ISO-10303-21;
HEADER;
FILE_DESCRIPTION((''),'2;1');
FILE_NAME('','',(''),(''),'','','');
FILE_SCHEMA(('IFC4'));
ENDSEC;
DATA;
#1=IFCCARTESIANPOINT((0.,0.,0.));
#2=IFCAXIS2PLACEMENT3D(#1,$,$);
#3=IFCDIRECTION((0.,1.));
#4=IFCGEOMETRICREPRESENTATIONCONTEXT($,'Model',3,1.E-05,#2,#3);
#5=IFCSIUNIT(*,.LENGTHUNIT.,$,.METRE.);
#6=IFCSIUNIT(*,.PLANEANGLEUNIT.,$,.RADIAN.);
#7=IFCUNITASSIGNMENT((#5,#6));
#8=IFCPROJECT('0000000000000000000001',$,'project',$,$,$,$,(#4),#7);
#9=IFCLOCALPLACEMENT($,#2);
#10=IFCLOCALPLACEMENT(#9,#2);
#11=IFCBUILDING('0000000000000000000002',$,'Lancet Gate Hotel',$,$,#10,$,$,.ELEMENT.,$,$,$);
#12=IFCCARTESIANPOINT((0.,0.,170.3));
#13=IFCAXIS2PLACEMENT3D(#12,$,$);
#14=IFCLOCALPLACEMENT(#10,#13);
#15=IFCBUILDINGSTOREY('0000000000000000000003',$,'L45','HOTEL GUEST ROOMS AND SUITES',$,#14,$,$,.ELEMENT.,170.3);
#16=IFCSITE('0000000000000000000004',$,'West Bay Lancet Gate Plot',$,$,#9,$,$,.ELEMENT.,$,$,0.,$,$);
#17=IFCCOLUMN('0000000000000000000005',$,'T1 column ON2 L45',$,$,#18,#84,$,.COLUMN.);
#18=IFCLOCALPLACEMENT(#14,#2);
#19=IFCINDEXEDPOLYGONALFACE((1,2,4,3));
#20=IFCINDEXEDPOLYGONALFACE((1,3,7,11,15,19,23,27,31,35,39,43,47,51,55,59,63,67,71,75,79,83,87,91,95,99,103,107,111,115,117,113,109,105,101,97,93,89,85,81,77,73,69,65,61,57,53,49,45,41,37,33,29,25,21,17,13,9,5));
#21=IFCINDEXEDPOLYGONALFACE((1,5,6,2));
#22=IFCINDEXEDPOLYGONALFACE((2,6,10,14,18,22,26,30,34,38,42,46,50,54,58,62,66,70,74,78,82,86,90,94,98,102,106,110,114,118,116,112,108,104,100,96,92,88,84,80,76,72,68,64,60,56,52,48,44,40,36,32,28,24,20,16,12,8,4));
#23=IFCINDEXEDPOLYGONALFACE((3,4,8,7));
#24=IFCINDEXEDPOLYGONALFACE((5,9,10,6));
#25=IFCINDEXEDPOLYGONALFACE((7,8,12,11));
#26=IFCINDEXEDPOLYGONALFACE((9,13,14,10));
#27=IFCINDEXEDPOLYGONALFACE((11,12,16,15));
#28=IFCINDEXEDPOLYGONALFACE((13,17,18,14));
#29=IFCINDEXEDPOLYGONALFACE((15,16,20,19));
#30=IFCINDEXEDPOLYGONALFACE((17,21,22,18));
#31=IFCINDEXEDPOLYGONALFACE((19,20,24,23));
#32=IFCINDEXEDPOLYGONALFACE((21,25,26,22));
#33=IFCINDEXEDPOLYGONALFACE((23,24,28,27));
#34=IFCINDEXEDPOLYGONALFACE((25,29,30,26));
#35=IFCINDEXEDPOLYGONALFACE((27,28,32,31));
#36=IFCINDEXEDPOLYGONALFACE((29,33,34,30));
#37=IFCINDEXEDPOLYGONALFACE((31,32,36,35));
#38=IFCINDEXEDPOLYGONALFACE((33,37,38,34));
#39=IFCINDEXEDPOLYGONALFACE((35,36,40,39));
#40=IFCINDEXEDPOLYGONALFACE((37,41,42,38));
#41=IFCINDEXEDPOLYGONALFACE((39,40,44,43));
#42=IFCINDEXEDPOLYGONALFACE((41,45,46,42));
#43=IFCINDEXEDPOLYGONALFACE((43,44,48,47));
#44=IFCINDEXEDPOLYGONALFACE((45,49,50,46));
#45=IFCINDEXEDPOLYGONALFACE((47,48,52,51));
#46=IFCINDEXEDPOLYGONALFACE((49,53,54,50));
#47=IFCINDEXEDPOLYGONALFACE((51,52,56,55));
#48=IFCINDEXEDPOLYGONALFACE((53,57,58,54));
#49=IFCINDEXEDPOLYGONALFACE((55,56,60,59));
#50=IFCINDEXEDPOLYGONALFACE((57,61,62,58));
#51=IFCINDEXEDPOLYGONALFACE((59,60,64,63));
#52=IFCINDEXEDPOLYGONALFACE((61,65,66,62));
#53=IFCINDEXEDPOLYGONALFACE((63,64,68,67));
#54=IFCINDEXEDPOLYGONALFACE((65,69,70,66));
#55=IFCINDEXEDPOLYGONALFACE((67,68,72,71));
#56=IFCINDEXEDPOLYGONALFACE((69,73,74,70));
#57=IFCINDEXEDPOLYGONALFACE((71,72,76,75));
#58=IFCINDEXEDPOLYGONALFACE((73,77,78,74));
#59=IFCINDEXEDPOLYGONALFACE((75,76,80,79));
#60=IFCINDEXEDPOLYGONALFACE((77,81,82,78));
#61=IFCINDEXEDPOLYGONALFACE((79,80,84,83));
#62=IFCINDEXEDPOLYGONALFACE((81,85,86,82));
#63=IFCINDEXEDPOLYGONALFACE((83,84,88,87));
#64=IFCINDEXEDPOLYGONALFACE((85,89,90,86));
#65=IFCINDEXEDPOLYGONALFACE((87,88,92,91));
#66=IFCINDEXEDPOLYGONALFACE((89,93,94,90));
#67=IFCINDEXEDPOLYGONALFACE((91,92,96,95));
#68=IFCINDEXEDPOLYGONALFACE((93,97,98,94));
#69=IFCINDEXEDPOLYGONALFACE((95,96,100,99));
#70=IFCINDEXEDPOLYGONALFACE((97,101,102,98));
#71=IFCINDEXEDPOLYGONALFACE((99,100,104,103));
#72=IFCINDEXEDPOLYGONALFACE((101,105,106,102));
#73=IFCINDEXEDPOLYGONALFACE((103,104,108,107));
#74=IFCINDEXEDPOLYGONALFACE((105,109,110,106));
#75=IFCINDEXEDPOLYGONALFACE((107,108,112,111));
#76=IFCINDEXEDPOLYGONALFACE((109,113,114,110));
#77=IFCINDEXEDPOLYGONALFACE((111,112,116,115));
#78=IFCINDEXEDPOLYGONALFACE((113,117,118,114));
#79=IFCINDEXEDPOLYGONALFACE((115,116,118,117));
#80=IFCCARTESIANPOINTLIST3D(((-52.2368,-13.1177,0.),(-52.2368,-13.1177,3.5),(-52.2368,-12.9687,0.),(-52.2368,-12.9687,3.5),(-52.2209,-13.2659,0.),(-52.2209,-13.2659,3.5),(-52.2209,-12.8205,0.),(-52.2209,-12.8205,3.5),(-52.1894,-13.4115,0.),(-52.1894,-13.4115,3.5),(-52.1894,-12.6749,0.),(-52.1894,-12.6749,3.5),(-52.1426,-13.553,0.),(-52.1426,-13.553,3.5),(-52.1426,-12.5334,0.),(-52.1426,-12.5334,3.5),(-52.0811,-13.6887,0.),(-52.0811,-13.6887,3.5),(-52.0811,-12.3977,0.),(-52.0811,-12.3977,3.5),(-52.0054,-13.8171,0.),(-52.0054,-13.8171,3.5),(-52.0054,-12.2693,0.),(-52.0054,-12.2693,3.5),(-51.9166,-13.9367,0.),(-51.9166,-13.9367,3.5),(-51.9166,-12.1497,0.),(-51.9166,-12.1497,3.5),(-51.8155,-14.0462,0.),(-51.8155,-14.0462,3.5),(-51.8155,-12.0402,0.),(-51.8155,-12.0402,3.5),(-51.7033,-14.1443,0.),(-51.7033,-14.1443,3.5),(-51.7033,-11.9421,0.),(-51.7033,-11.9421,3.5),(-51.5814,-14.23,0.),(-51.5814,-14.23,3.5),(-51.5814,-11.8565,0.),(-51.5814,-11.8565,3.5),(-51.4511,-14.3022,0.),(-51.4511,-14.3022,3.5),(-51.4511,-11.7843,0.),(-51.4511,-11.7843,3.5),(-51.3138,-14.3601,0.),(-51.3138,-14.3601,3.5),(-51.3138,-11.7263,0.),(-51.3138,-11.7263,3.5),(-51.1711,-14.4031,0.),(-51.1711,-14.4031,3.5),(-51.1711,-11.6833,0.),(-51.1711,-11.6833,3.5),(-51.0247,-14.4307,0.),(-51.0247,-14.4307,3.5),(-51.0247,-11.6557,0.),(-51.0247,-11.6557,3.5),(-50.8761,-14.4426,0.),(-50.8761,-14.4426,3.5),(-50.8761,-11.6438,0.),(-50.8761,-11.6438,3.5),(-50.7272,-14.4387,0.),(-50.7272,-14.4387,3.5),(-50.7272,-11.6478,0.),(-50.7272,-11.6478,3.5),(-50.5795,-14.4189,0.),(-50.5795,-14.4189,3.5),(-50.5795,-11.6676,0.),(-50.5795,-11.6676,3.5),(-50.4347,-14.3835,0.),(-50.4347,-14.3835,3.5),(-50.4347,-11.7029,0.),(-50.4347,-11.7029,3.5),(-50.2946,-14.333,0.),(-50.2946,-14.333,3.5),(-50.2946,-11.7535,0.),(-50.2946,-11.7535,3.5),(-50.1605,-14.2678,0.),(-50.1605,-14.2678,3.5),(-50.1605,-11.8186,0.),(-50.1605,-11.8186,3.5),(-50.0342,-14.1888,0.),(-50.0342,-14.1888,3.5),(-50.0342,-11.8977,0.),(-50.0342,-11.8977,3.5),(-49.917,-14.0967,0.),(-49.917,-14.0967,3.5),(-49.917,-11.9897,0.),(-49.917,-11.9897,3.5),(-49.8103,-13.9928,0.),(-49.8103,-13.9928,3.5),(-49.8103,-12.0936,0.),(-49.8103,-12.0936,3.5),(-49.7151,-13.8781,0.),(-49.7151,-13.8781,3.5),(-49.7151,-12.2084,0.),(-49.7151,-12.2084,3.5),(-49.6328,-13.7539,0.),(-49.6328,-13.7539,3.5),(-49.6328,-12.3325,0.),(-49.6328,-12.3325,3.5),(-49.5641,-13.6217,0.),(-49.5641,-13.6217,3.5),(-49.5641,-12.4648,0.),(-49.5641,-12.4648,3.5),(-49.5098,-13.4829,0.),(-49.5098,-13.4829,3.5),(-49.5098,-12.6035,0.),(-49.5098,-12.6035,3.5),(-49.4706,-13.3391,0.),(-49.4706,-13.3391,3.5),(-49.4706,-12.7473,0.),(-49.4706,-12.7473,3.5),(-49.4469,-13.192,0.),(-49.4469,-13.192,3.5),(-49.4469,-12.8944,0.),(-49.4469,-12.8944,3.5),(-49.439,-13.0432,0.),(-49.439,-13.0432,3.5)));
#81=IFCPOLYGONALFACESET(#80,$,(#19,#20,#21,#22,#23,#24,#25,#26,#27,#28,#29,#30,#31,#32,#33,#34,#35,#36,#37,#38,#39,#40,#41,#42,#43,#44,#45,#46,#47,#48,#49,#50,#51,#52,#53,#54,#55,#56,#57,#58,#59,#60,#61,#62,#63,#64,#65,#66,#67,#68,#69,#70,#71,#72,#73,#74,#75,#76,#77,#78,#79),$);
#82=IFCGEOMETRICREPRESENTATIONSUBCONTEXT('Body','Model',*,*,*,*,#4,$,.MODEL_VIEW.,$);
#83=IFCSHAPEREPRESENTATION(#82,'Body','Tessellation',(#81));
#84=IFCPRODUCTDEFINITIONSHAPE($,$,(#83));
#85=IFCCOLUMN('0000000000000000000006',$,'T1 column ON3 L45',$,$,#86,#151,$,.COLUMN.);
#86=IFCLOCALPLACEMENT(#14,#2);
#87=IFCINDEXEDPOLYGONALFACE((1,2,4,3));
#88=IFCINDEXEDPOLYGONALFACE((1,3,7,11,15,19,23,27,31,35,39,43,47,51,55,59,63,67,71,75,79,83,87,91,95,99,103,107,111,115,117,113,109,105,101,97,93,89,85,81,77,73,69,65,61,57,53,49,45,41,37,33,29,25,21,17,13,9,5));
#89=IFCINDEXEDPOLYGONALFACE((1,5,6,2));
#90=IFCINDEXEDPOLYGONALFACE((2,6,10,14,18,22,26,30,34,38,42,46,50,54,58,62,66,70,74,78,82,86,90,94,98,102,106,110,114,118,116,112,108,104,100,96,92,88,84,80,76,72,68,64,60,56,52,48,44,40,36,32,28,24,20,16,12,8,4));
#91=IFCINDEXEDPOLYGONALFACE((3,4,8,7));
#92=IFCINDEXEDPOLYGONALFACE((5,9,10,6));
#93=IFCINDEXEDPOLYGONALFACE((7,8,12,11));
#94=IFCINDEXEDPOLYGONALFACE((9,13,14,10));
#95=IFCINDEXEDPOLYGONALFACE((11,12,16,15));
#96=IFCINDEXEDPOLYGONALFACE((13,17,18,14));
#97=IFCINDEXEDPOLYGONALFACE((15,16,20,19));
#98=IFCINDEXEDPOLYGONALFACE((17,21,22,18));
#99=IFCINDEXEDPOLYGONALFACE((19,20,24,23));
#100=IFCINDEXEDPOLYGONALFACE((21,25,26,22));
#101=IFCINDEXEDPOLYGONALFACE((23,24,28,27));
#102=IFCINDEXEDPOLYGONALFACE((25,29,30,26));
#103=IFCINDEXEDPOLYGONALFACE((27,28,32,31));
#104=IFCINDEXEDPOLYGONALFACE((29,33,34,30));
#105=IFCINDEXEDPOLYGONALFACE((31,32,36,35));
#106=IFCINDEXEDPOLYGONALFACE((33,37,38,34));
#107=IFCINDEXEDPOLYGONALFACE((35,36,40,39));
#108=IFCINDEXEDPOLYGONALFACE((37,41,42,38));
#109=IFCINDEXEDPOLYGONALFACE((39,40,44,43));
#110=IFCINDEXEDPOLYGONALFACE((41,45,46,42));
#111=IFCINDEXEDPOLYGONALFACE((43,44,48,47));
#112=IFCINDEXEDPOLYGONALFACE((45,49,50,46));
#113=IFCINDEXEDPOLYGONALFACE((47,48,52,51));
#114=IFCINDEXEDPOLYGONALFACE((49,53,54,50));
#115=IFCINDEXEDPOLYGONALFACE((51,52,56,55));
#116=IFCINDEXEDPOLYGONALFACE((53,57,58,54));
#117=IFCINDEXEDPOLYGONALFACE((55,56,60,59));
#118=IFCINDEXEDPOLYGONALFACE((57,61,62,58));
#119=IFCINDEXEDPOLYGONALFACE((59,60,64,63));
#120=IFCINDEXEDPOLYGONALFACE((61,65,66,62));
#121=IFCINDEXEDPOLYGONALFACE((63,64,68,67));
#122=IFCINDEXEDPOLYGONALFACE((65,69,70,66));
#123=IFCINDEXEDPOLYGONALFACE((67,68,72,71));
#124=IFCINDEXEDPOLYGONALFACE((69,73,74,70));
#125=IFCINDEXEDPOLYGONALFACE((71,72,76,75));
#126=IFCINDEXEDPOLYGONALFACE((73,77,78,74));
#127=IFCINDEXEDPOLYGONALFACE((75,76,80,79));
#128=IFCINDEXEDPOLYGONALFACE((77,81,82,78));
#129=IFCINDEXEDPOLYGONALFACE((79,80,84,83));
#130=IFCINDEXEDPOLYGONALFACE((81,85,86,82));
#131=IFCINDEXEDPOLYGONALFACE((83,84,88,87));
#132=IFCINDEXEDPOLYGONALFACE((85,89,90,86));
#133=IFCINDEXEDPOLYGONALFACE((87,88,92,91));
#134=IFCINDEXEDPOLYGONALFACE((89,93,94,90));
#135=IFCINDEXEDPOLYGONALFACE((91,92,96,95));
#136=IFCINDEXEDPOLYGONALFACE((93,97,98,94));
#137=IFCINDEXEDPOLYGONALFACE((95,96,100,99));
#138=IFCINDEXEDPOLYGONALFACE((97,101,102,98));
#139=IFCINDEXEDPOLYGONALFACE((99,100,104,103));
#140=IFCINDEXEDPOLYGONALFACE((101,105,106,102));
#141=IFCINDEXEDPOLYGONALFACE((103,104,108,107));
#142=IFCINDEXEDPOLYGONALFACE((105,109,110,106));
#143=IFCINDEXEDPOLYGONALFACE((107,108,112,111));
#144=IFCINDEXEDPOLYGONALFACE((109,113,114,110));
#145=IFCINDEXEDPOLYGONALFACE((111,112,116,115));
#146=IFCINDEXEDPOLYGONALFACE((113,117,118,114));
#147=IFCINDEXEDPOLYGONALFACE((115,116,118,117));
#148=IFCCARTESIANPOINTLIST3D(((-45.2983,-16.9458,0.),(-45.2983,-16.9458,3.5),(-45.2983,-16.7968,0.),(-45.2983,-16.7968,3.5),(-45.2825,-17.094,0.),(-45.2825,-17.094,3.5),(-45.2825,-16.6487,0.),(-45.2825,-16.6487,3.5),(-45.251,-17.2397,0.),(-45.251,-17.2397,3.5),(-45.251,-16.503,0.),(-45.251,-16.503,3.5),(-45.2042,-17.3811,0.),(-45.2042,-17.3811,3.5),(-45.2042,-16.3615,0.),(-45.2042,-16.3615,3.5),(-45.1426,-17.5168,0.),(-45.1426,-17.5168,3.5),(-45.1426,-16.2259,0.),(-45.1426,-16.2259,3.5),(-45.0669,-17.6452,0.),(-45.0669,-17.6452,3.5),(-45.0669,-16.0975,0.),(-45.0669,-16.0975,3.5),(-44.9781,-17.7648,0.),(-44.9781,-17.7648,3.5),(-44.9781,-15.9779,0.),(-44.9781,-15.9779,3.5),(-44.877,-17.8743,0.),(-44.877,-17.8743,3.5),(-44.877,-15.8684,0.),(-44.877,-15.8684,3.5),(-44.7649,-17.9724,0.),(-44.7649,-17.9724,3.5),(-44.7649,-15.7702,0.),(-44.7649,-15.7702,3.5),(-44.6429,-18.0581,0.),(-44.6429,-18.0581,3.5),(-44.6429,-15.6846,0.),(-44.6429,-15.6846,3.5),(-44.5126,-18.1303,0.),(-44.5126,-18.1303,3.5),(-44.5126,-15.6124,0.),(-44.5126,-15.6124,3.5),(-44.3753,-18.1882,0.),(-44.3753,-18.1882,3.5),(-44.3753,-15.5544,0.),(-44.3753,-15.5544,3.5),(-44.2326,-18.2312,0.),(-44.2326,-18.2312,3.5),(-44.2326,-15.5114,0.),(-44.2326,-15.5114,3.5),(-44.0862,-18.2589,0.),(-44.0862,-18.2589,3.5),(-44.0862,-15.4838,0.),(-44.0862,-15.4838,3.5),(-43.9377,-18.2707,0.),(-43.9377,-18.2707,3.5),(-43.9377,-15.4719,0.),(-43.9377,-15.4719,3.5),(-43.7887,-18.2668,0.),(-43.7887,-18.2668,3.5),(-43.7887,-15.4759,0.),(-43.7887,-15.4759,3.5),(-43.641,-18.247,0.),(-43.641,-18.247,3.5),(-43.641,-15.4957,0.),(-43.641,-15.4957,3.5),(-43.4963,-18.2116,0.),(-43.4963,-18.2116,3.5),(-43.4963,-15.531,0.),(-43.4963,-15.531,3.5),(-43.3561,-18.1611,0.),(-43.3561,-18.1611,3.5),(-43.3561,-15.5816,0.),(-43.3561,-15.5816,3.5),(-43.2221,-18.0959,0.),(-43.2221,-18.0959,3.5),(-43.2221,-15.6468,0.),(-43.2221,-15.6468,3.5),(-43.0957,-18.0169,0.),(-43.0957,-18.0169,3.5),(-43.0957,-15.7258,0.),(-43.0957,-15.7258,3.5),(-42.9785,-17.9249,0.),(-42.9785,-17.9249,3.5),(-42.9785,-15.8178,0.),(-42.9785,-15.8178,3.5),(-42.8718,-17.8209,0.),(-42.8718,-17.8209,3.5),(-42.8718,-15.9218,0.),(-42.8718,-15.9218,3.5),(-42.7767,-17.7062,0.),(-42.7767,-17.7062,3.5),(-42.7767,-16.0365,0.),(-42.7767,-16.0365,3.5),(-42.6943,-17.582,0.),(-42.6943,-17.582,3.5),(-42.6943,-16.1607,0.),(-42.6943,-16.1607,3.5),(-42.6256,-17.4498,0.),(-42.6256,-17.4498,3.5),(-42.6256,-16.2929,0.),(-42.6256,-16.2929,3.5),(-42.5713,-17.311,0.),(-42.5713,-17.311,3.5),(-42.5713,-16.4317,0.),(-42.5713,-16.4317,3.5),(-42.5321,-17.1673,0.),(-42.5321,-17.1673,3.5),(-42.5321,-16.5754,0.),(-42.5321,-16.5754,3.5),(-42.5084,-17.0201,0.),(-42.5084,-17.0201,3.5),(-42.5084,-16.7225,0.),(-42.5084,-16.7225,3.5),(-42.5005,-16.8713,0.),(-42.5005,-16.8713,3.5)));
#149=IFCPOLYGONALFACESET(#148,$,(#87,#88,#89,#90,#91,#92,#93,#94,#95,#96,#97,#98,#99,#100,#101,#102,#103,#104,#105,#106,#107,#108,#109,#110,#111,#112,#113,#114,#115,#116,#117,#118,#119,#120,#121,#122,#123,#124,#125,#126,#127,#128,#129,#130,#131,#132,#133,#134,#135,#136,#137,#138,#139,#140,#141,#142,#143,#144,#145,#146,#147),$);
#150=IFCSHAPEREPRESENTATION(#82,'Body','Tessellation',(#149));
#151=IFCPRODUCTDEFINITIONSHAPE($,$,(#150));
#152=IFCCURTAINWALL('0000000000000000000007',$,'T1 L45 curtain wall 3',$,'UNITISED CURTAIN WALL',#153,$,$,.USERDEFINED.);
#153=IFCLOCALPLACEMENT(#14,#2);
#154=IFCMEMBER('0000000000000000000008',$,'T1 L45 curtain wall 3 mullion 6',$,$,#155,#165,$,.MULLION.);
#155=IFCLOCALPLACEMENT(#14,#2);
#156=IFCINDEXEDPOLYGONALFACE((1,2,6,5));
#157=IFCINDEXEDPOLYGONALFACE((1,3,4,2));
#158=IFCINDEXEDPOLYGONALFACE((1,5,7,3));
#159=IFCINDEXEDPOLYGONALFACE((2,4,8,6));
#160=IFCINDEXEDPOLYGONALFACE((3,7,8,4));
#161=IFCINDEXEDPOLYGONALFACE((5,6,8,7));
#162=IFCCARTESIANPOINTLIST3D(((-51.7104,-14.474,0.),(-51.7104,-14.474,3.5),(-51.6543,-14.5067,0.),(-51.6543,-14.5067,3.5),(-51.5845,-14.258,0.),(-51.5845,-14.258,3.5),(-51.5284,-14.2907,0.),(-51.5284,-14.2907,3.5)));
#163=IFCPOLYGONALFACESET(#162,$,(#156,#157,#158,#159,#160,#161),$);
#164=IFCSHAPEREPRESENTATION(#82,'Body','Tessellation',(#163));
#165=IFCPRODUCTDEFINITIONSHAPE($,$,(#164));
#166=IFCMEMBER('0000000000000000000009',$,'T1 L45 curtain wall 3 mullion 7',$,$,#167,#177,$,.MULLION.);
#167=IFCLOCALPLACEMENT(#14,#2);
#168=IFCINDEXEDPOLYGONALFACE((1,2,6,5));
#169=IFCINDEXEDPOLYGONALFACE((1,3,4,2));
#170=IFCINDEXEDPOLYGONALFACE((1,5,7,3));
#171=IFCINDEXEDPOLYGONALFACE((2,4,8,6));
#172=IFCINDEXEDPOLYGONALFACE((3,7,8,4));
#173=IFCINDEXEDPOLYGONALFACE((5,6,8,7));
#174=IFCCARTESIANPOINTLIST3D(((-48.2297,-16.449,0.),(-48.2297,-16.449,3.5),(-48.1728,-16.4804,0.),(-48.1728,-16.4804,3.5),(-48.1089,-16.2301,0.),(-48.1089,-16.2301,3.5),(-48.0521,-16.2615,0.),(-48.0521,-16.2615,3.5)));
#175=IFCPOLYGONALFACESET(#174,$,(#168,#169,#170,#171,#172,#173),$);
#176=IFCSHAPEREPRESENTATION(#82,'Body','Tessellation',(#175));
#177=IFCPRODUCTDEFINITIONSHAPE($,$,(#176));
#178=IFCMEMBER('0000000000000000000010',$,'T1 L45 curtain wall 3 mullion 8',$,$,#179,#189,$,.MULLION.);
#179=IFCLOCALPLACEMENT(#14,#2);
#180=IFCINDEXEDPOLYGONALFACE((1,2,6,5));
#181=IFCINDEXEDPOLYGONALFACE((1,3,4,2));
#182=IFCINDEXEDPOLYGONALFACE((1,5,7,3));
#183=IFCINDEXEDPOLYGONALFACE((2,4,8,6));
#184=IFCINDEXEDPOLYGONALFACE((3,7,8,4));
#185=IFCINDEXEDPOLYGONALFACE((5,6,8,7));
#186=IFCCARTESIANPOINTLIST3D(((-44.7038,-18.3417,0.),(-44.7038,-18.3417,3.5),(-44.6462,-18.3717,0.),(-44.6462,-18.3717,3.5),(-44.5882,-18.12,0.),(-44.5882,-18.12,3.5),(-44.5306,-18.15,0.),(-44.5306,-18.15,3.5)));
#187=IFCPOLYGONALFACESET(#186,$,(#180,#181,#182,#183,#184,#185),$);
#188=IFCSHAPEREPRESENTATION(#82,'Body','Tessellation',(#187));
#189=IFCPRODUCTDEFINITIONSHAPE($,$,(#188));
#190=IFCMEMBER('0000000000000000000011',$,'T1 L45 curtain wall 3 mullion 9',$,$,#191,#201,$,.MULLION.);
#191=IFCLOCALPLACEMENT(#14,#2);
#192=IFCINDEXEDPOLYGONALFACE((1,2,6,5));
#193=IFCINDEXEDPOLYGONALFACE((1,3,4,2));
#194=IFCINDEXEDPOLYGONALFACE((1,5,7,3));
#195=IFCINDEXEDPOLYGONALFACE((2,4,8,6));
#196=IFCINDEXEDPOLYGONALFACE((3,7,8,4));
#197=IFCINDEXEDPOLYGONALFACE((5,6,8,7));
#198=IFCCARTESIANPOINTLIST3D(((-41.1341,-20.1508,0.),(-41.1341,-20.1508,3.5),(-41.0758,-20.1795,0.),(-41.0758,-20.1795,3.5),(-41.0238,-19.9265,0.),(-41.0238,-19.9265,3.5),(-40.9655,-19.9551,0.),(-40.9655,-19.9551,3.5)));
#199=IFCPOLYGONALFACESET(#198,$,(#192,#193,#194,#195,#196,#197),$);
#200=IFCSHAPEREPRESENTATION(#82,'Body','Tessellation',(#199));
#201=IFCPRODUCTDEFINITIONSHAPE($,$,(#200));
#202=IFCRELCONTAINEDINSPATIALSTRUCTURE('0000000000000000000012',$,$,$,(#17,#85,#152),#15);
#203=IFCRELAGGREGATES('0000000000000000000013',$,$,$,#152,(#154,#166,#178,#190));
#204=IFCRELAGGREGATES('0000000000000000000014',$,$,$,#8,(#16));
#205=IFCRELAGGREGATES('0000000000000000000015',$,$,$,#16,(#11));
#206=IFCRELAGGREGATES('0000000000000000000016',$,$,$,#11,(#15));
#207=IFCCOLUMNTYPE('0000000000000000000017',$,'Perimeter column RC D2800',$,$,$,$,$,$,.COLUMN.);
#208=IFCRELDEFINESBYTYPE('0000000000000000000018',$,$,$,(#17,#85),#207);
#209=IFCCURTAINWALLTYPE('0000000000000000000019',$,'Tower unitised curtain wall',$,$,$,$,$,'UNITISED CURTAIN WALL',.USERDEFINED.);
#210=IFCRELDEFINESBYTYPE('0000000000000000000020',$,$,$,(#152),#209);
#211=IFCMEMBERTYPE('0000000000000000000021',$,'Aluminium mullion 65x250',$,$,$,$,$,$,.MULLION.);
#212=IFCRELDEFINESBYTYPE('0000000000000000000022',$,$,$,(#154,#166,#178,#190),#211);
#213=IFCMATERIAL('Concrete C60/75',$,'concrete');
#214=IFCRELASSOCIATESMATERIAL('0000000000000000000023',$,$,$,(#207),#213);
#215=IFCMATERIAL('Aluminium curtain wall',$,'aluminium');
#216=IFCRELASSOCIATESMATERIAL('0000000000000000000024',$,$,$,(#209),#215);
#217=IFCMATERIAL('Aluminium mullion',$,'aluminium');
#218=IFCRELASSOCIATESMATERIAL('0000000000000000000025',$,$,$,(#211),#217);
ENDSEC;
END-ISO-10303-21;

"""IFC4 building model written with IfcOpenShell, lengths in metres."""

from ifc_helpers import new_model, si_unit, direction, frame, origin, origin_2d, place, context, subcontext, project, spatial, rectangle, circle, extrude, material, material_profile, profile_set, type_object, element, aggregate, save


model = new_model("IFC4")

# Units and contexts
model_context = context("Model", 3, precision=1e-05, world=origin(), true_north=direction((0.0, 1.0)))
body_context = subcontext(model_context, "Body", "Model", "MODEL_VIEW")
ifc_project = project(units=[si_unit("LENGTHUNIT", "METRE"), si_unit("PLANEANGLEUNIT", "RADIAN")], contexts=[model_context])

# Site, building, storey
site_placement = place(None, origin())
site = spatial("IfcSite", under=ifc_project, at=site_placement, Name="West Bay Lancet Gate Plot", CompositionType="ELEMENT", RefElevation=0.0)
building_placement = place(site_placement, origin())
building = spatial("IfcBuilding", under=site, at=building_placement, Name="Lancet Gate Hotel", CompositionType="ELEMENT")
storey_placement = place(building_placement, frame((0.0, 0.0, 170.3)))
storey = spatial("IfcBuildingStorey", under=building, at=storey_placement, Name="L45", Description="HOTEL GUEST ROOMS AND SUITES", CompositionType="ELEMENT", Elevation=170.3)

# Columns
ifc_material_1 = material(Name="Concrete C60/75", Category="concrete")
ifc_material_profile_1 = material_profile(ifc_material_1, circle(Radius=1.3999, at=origin_2d()), Name="RC D2800")
ifc_profile_set_1 = profile_set([ifc_material_profile_1], Name="Concrete C60/75")
column_type = type_object("IfcColumnType", Name="Perimeter column RC D2800", PredefinedType="COLUMN", material=ifc_profile_set_1)
for number, where, z_axis, x_axis, name in (
    (1, (-50.8389, -13.0432, 0.0), (0.0, 0.0, 1.0), (1.0, 0.0, 0.0), "T1 column ON2 L45"),
    (2, (-43.9004, -16.8713, 0.0), (0.0, 0.0, 1.0), (1.0, 0.0, 0.0), "T1 column ON3 L45"),
):
    element("IfcColumn", number, at=place(storey_placement, frame(where, z_axis=z_axis, x_axis=x_axis)), inside=storey, type_object=column_type, Name=name, PredefinedType="COLUMN", context=body_context, shape_type="SweptSolid", body=[
        extrude(circle(Radius=1.3999, at=origin_2d()), origin(), (0.0, 0.0, 1.0), 3.5),
    ])

# Curtain wall, members
ifc_material_2 = material(Name="Aluminium curtain wall", Category="aluminium")
curtain_wall_type = type_object("IfcCurtainWallType", Name="Tower unitised curtain wall", ElementType="UNITISED CURTAIN WALL", PredefinedType="USERDEFINED", material=ifc_material_2)
curtain_wall_placement = place(storey_placement, origin())
curtain_wall = element("IfcCurtainWall", 3, at=curtain_wall_placement, inside=storey, type_object=curtain_wall_type, Name="T1 L45 curtain wall 3", ObjectType="UNITISED CURTAIN WALL", PredefinedType="USERDEFINED")
ifc_material_3 = material(Name="Aluminium mullion", Category="aluminium")
ifc_material_profile_2 = material_profile(ifc_material_3, rectangle(XDim=0.0649, YDim=0.25, at=origin_2d()), Name="MULLION 65x250")
ifc_profile_set_2 = profile_set([ifc_material_profile_2], Name="Aluminium mullion")
member_type_1 = type_object("IfcMemberType", Name="Aluminium mullion 65x250", PredefinedType="MULLION", material=ifc_profile_set_2)
member_1_placement = place(storey_placement, frame((-51.6194, -14.3823, 0.0), z_axis=(0.0, 0.0, 1.0), x_axis=(0.863969, -0.503545, 0.0)))
member_1 = element("IfcMember", 4, at=member_1_placement, type_object=member_type_1, Name="T1 L45 curtain wall 3 mullion 6", PredefinedType="MULLION", context=body_context, shape_type="SweptSolid", body=[
    extrude(rectangle(XDim=0.0649, YDim=0.25, at=origin_2d()), origin(), (0.0, 0.0, 1.0), 3.5),
])
member_2_placement = place(storey_placement, frame((-48.1409, -16.3552, 0.0), z_axis=(0.0, 0.0, 1.0), x_axis=(0.875574, -0.483084, 0.0)))
member_2 = element("IfcMember", 5, at=member_2_placement, type_object=member_type_1, Name="T1 L45 curtain wall 3 mullion 7", PredefinedType="MULLION", context=body_context, shape_type="SweptSolid", body=[
    extrude(rectangle(XDim=0.0649, YDim=0.25, at=origin_2d()), origin(), (0.0, 0.0, 1.0), 3.5),
])
member_3_placement = place(storey_placement, frame((-44.6172, -18.2458, 0.0), z_axis=(0.0, 0.0, 1.0), x_axis=(0.886694, -0.462356, 0.0)))
member_3 = element("IfcMember", 6, at=member_3_placement, type_object=member_type_1, Name="T1 L45 curtain wall 3 mullion 8", PredefinedType="MULLION", context=body_context, shape_type="SweptSolid", body=[
    extrude(rectangle(XDim=0.0649, YDim=0.25, at=origin_2d()), origin(), (0.0, 0.0, 1.0), 3.5),
])
member_4_placement = place(storey_placement, frame((-41.0498, -20.053, 0.0), z_axis=(0.0, 0.0, 1.0), x_axis=(0.897324, -0.441372, 0.0)))
member_4 = element("IfcMember", 7, at=member_4_placement, type_object=member_type_1, Name="T1 L45 curtain wall 3 mullion 9", PredefinedType="MULLION", context=body_context, shape_type="SweptSolid", body=[
    extrude(rectangle(XDim=0.0649, YDim=0.25, at=origin_2d()), origin(), (0.0, 0.0, 1.0), 3.5),
])

aggregate(curtain_wall, [member_1, member_2, member_3, member_4])

save(model, "model.ifc")
